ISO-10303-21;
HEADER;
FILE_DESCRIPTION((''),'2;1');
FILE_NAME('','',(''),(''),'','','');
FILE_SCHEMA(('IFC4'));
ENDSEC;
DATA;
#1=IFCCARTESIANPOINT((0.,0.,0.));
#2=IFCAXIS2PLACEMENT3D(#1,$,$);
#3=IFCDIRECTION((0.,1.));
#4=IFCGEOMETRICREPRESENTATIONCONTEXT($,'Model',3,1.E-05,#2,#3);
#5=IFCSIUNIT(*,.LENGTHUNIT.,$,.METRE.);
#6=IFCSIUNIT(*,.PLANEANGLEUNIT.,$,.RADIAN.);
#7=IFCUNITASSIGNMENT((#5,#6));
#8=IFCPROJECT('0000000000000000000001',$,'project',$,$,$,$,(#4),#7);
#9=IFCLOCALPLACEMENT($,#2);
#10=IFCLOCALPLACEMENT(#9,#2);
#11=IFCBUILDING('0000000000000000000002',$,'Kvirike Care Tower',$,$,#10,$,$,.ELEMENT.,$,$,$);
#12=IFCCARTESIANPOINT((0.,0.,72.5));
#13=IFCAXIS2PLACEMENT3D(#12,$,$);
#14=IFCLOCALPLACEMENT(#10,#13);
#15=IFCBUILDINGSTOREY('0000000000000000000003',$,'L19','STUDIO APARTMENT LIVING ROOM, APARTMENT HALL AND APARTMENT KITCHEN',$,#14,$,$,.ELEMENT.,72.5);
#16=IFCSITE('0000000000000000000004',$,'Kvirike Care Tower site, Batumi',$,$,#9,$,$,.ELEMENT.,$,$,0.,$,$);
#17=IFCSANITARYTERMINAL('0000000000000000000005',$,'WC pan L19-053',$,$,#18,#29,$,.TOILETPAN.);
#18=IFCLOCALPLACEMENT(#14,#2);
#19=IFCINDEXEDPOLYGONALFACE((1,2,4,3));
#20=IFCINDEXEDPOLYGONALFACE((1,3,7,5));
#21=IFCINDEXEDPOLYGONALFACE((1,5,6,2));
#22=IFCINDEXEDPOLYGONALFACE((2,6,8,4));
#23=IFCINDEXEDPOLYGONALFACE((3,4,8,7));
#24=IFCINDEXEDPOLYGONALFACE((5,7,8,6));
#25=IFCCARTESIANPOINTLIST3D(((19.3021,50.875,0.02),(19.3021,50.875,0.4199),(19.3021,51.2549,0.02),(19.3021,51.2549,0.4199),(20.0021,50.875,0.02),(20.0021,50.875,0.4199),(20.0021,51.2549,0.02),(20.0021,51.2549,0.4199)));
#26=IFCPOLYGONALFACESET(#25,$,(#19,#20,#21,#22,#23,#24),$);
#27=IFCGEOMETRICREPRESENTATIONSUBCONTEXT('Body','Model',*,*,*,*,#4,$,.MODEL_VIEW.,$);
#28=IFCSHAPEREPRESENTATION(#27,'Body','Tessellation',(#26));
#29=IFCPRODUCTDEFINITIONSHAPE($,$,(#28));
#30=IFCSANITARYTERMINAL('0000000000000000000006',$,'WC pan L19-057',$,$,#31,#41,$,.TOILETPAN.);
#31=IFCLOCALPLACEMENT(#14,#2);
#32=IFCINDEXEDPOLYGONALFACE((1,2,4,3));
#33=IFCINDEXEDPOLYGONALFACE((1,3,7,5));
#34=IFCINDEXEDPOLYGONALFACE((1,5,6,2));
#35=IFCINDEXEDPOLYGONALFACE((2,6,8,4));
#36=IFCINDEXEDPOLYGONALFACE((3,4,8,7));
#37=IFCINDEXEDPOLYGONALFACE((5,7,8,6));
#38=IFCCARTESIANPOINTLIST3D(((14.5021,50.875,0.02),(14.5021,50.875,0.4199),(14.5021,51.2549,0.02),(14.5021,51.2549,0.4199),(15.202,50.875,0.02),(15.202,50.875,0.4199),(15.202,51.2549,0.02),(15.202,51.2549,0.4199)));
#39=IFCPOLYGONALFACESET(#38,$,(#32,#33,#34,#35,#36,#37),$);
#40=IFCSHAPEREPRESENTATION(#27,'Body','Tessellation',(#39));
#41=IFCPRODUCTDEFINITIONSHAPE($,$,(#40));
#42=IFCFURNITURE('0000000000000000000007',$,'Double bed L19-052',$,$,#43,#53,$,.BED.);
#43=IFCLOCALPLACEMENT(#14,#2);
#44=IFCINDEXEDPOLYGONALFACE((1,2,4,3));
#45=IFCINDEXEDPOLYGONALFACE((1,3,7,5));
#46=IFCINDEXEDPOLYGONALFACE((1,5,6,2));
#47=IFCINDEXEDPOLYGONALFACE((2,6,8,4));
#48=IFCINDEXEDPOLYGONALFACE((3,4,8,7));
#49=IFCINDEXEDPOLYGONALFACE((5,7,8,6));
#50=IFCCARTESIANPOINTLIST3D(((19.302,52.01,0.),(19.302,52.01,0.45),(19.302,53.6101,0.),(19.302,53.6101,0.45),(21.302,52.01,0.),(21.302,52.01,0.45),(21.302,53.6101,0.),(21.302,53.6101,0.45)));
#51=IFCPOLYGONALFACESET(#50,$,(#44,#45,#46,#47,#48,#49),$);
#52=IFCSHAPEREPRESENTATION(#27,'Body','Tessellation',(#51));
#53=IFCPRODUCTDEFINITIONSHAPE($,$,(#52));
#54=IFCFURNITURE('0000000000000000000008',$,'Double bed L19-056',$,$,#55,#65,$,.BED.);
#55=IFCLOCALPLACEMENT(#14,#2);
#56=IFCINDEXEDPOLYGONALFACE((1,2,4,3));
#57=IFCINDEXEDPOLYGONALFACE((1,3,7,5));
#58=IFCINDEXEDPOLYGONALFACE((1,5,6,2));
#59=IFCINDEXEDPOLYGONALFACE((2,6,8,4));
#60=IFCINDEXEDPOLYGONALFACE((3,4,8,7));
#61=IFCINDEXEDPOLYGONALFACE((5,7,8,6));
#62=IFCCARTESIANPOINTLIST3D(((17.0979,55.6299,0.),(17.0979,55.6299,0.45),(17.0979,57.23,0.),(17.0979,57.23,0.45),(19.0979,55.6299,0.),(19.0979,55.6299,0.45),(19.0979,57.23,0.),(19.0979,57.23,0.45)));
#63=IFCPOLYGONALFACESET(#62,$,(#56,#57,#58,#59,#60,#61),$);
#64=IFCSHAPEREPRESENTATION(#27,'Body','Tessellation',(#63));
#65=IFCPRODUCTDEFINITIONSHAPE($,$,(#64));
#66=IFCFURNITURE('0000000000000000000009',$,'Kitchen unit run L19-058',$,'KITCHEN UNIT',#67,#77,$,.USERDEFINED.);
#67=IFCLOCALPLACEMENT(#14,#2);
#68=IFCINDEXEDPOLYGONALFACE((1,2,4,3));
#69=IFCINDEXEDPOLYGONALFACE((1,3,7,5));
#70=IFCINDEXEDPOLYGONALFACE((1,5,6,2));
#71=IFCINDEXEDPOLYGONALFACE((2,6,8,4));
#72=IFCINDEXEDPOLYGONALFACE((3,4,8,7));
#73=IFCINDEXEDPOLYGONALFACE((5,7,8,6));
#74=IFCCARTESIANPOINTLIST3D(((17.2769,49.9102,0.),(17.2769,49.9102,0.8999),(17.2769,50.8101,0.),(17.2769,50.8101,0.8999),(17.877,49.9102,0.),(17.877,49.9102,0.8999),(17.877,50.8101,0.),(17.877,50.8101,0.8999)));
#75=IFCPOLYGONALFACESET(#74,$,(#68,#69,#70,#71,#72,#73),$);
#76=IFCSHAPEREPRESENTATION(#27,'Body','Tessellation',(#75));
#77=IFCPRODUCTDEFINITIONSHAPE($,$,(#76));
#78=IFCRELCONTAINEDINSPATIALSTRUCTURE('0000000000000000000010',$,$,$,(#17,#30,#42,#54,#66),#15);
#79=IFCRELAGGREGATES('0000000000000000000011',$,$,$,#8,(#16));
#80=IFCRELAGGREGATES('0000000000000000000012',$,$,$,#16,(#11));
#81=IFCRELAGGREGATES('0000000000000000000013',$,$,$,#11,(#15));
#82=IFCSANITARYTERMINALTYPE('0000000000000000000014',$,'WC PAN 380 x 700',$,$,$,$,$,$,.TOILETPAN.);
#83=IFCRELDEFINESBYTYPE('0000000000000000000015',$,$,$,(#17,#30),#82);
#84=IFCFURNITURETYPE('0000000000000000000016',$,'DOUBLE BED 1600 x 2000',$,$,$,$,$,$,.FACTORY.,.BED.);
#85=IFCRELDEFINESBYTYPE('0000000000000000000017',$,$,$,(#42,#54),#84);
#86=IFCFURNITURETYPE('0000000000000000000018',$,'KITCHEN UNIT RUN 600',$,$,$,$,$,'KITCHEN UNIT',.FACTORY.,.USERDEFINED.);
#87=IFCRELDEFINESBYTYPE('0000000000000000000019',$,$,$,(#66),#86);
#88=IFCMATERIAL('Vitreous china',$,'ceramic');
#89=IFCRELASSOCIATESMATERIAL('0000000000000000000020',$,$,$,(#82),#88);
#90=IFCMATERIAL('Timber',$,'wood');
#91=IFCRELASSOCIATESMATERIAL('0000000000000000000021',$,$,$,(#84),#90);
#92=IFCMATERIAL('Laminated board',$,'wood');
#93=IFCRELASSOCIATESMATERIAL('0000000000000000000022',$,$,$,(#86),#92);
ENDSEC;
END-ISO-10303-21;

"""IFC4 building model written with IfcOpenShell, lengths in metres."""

from ifc_helpers import new_model, si_unit, direction, frame, origin, origin_2d, place, context, subcontext, project, spatial, rectangle, extrude, material, type_object, element, save


model = new_model("IFC4")

# Units and contexts
model_context = context("Model", 3, precision=1e-05, world=origin(), true_north=direction((0.0, 1.0)))
body_context = subcontext(model_context, "Body", "Model", "MODEL_VIEW")
ifc_project = project(units=[si_unit("LENGTHUNIT", "METRE"), si_unit("PLANEANGLEUNIT", "RADIAN")], contexts=[model_context])

# Site, building, storey
site_placement = place(None, origin())
site = spatial("IfcSite", under=ifc_project, at=site_placement, Name="Kvirike Care Tower site, Batumi", CompositionType="ELEMENT", RefElevation=0.0)
building_placement = place(site_placement, origin())
building = spatial("IfcBuilding", under=site, at=building_placement, Name="Kvirike Care Tower", CompositionType="ELEMENT")
storey_placement = place(building_placement, frame((0.0, 0.0, 72.5)))
storey = spatial("IfcBuildingStorey", under=building, at=storey_placement, Name="L19", Description="STUDIO APARTMENT LIVING ROOM, APARTMENT HALL AND APARTMENT KITCHEN", CompositionType="ELEMENT", Elevation=72.5)

# Sanitary terminals
ifc_material_1 = material(Name="Vitreous china", Category="ceramic")
sanitary_terminal_type_1 = type_object("IfcSanitaryTerminalType", Name="WC PAN 380 x 700", PredefinedType="TOILETPAN", material=ifc_material_1)
for number, where, z_axis, x_axis, name in (
    (1, (19.6521, 51.0649, 0.02), (0.0, 0.0, 1.0), (0.0, 1.0, 0.0), "WC pan L19-053"),
    (2, (14.8521, 51.0649, 0.02), (0.0, 0.0, 1.0), (0.0, 1.0, 0.0), "WC pan L19-057"),
):
    element("IfcSanitaryTerminal", number, at=place(storey_placement, frame(where, z_axis=z_axis, x_axis=x_axis)), inside=storey, type_object=sanitary_terminal_type_1, Name=name, PredefinedType="TOILETPAN", context=body_context, shape_type="SweptSolid", body=[
        extrude(rectangle(XDim=0.3799, YDim=0.7, at=origin_2d()), origin(), (0.0, 0.0, 1.0), 0.3999),
    ])

# Furniture
ifc_material_2 = material(Name="Timber", Category="wood")
furniture_type_1 = type_object("IfcFurnitureType", Name="DOUBLE BED 1600 x 2000", AssemblyPlace="FACTORY", PredefinedType="BED", material=ifc_material_2)
for number, where, z_axis, x_axis, name in (
    (3, (20.302, 52.8101, 0.0), (0.0, 0.0, 1.0), (0.0, 1.0, 0.0), "Double bed L19-052"),
    (4, (18.0979, 56.4299, 0.0), (0.0, 0.0, 1.0), (0.0, -1.0, 0.0), "Double bed L19-056"),
):
    element("IfcFurniture", number, at=place(storey_placement, frame(where, z_axis=z_axis, x_axis=x_axis)), inside=storey, type_object=furniture_type_1, Name=name, PredefinedType="BED", context=body_context, shape_type="SweptSolid", body=[
        extrude(rectangle(XDim=1.6001, YDim=2.0, at=origin_2d()), origin(), (0.0, 0.0, 1.0), 0.45),
    ])
ifc_material_3 = material(Name="Laminated board", Category="wood")
furniture_type_2 = type_object("IfcFurnitureType", Name="KITCHEN UNIT RUN 600", ElementType="KITCHEN UNIT", AssemblyPlace="FACTORY", PredefinedType="USERDEFINED", material=ifc_material_3)
furniture_placement = place(storey_placement, frame((17.5769, 50.3601, 0.0), z_axis=(0.0, 0.0, 1.0), x_axis=(0.0, 1.0, 0.0)))
element("IfcFurniture", 5, at=furniture_placement, inside=storey, type_object=furniture_type_2, Name="Kitchen unit run L19-058", ObjectType="KITCHEN UNIT", PredefinedType="USERDEFINED", context=body_context, shape_type="SweptSolid", body=[
    extrude(rectangle(XDim=0.8999, YDim=0.6001, at=origin_2d()), origin(), (0.0, 0.0, 1.0), 0.8999),
])

save(model, "model.ifc")
